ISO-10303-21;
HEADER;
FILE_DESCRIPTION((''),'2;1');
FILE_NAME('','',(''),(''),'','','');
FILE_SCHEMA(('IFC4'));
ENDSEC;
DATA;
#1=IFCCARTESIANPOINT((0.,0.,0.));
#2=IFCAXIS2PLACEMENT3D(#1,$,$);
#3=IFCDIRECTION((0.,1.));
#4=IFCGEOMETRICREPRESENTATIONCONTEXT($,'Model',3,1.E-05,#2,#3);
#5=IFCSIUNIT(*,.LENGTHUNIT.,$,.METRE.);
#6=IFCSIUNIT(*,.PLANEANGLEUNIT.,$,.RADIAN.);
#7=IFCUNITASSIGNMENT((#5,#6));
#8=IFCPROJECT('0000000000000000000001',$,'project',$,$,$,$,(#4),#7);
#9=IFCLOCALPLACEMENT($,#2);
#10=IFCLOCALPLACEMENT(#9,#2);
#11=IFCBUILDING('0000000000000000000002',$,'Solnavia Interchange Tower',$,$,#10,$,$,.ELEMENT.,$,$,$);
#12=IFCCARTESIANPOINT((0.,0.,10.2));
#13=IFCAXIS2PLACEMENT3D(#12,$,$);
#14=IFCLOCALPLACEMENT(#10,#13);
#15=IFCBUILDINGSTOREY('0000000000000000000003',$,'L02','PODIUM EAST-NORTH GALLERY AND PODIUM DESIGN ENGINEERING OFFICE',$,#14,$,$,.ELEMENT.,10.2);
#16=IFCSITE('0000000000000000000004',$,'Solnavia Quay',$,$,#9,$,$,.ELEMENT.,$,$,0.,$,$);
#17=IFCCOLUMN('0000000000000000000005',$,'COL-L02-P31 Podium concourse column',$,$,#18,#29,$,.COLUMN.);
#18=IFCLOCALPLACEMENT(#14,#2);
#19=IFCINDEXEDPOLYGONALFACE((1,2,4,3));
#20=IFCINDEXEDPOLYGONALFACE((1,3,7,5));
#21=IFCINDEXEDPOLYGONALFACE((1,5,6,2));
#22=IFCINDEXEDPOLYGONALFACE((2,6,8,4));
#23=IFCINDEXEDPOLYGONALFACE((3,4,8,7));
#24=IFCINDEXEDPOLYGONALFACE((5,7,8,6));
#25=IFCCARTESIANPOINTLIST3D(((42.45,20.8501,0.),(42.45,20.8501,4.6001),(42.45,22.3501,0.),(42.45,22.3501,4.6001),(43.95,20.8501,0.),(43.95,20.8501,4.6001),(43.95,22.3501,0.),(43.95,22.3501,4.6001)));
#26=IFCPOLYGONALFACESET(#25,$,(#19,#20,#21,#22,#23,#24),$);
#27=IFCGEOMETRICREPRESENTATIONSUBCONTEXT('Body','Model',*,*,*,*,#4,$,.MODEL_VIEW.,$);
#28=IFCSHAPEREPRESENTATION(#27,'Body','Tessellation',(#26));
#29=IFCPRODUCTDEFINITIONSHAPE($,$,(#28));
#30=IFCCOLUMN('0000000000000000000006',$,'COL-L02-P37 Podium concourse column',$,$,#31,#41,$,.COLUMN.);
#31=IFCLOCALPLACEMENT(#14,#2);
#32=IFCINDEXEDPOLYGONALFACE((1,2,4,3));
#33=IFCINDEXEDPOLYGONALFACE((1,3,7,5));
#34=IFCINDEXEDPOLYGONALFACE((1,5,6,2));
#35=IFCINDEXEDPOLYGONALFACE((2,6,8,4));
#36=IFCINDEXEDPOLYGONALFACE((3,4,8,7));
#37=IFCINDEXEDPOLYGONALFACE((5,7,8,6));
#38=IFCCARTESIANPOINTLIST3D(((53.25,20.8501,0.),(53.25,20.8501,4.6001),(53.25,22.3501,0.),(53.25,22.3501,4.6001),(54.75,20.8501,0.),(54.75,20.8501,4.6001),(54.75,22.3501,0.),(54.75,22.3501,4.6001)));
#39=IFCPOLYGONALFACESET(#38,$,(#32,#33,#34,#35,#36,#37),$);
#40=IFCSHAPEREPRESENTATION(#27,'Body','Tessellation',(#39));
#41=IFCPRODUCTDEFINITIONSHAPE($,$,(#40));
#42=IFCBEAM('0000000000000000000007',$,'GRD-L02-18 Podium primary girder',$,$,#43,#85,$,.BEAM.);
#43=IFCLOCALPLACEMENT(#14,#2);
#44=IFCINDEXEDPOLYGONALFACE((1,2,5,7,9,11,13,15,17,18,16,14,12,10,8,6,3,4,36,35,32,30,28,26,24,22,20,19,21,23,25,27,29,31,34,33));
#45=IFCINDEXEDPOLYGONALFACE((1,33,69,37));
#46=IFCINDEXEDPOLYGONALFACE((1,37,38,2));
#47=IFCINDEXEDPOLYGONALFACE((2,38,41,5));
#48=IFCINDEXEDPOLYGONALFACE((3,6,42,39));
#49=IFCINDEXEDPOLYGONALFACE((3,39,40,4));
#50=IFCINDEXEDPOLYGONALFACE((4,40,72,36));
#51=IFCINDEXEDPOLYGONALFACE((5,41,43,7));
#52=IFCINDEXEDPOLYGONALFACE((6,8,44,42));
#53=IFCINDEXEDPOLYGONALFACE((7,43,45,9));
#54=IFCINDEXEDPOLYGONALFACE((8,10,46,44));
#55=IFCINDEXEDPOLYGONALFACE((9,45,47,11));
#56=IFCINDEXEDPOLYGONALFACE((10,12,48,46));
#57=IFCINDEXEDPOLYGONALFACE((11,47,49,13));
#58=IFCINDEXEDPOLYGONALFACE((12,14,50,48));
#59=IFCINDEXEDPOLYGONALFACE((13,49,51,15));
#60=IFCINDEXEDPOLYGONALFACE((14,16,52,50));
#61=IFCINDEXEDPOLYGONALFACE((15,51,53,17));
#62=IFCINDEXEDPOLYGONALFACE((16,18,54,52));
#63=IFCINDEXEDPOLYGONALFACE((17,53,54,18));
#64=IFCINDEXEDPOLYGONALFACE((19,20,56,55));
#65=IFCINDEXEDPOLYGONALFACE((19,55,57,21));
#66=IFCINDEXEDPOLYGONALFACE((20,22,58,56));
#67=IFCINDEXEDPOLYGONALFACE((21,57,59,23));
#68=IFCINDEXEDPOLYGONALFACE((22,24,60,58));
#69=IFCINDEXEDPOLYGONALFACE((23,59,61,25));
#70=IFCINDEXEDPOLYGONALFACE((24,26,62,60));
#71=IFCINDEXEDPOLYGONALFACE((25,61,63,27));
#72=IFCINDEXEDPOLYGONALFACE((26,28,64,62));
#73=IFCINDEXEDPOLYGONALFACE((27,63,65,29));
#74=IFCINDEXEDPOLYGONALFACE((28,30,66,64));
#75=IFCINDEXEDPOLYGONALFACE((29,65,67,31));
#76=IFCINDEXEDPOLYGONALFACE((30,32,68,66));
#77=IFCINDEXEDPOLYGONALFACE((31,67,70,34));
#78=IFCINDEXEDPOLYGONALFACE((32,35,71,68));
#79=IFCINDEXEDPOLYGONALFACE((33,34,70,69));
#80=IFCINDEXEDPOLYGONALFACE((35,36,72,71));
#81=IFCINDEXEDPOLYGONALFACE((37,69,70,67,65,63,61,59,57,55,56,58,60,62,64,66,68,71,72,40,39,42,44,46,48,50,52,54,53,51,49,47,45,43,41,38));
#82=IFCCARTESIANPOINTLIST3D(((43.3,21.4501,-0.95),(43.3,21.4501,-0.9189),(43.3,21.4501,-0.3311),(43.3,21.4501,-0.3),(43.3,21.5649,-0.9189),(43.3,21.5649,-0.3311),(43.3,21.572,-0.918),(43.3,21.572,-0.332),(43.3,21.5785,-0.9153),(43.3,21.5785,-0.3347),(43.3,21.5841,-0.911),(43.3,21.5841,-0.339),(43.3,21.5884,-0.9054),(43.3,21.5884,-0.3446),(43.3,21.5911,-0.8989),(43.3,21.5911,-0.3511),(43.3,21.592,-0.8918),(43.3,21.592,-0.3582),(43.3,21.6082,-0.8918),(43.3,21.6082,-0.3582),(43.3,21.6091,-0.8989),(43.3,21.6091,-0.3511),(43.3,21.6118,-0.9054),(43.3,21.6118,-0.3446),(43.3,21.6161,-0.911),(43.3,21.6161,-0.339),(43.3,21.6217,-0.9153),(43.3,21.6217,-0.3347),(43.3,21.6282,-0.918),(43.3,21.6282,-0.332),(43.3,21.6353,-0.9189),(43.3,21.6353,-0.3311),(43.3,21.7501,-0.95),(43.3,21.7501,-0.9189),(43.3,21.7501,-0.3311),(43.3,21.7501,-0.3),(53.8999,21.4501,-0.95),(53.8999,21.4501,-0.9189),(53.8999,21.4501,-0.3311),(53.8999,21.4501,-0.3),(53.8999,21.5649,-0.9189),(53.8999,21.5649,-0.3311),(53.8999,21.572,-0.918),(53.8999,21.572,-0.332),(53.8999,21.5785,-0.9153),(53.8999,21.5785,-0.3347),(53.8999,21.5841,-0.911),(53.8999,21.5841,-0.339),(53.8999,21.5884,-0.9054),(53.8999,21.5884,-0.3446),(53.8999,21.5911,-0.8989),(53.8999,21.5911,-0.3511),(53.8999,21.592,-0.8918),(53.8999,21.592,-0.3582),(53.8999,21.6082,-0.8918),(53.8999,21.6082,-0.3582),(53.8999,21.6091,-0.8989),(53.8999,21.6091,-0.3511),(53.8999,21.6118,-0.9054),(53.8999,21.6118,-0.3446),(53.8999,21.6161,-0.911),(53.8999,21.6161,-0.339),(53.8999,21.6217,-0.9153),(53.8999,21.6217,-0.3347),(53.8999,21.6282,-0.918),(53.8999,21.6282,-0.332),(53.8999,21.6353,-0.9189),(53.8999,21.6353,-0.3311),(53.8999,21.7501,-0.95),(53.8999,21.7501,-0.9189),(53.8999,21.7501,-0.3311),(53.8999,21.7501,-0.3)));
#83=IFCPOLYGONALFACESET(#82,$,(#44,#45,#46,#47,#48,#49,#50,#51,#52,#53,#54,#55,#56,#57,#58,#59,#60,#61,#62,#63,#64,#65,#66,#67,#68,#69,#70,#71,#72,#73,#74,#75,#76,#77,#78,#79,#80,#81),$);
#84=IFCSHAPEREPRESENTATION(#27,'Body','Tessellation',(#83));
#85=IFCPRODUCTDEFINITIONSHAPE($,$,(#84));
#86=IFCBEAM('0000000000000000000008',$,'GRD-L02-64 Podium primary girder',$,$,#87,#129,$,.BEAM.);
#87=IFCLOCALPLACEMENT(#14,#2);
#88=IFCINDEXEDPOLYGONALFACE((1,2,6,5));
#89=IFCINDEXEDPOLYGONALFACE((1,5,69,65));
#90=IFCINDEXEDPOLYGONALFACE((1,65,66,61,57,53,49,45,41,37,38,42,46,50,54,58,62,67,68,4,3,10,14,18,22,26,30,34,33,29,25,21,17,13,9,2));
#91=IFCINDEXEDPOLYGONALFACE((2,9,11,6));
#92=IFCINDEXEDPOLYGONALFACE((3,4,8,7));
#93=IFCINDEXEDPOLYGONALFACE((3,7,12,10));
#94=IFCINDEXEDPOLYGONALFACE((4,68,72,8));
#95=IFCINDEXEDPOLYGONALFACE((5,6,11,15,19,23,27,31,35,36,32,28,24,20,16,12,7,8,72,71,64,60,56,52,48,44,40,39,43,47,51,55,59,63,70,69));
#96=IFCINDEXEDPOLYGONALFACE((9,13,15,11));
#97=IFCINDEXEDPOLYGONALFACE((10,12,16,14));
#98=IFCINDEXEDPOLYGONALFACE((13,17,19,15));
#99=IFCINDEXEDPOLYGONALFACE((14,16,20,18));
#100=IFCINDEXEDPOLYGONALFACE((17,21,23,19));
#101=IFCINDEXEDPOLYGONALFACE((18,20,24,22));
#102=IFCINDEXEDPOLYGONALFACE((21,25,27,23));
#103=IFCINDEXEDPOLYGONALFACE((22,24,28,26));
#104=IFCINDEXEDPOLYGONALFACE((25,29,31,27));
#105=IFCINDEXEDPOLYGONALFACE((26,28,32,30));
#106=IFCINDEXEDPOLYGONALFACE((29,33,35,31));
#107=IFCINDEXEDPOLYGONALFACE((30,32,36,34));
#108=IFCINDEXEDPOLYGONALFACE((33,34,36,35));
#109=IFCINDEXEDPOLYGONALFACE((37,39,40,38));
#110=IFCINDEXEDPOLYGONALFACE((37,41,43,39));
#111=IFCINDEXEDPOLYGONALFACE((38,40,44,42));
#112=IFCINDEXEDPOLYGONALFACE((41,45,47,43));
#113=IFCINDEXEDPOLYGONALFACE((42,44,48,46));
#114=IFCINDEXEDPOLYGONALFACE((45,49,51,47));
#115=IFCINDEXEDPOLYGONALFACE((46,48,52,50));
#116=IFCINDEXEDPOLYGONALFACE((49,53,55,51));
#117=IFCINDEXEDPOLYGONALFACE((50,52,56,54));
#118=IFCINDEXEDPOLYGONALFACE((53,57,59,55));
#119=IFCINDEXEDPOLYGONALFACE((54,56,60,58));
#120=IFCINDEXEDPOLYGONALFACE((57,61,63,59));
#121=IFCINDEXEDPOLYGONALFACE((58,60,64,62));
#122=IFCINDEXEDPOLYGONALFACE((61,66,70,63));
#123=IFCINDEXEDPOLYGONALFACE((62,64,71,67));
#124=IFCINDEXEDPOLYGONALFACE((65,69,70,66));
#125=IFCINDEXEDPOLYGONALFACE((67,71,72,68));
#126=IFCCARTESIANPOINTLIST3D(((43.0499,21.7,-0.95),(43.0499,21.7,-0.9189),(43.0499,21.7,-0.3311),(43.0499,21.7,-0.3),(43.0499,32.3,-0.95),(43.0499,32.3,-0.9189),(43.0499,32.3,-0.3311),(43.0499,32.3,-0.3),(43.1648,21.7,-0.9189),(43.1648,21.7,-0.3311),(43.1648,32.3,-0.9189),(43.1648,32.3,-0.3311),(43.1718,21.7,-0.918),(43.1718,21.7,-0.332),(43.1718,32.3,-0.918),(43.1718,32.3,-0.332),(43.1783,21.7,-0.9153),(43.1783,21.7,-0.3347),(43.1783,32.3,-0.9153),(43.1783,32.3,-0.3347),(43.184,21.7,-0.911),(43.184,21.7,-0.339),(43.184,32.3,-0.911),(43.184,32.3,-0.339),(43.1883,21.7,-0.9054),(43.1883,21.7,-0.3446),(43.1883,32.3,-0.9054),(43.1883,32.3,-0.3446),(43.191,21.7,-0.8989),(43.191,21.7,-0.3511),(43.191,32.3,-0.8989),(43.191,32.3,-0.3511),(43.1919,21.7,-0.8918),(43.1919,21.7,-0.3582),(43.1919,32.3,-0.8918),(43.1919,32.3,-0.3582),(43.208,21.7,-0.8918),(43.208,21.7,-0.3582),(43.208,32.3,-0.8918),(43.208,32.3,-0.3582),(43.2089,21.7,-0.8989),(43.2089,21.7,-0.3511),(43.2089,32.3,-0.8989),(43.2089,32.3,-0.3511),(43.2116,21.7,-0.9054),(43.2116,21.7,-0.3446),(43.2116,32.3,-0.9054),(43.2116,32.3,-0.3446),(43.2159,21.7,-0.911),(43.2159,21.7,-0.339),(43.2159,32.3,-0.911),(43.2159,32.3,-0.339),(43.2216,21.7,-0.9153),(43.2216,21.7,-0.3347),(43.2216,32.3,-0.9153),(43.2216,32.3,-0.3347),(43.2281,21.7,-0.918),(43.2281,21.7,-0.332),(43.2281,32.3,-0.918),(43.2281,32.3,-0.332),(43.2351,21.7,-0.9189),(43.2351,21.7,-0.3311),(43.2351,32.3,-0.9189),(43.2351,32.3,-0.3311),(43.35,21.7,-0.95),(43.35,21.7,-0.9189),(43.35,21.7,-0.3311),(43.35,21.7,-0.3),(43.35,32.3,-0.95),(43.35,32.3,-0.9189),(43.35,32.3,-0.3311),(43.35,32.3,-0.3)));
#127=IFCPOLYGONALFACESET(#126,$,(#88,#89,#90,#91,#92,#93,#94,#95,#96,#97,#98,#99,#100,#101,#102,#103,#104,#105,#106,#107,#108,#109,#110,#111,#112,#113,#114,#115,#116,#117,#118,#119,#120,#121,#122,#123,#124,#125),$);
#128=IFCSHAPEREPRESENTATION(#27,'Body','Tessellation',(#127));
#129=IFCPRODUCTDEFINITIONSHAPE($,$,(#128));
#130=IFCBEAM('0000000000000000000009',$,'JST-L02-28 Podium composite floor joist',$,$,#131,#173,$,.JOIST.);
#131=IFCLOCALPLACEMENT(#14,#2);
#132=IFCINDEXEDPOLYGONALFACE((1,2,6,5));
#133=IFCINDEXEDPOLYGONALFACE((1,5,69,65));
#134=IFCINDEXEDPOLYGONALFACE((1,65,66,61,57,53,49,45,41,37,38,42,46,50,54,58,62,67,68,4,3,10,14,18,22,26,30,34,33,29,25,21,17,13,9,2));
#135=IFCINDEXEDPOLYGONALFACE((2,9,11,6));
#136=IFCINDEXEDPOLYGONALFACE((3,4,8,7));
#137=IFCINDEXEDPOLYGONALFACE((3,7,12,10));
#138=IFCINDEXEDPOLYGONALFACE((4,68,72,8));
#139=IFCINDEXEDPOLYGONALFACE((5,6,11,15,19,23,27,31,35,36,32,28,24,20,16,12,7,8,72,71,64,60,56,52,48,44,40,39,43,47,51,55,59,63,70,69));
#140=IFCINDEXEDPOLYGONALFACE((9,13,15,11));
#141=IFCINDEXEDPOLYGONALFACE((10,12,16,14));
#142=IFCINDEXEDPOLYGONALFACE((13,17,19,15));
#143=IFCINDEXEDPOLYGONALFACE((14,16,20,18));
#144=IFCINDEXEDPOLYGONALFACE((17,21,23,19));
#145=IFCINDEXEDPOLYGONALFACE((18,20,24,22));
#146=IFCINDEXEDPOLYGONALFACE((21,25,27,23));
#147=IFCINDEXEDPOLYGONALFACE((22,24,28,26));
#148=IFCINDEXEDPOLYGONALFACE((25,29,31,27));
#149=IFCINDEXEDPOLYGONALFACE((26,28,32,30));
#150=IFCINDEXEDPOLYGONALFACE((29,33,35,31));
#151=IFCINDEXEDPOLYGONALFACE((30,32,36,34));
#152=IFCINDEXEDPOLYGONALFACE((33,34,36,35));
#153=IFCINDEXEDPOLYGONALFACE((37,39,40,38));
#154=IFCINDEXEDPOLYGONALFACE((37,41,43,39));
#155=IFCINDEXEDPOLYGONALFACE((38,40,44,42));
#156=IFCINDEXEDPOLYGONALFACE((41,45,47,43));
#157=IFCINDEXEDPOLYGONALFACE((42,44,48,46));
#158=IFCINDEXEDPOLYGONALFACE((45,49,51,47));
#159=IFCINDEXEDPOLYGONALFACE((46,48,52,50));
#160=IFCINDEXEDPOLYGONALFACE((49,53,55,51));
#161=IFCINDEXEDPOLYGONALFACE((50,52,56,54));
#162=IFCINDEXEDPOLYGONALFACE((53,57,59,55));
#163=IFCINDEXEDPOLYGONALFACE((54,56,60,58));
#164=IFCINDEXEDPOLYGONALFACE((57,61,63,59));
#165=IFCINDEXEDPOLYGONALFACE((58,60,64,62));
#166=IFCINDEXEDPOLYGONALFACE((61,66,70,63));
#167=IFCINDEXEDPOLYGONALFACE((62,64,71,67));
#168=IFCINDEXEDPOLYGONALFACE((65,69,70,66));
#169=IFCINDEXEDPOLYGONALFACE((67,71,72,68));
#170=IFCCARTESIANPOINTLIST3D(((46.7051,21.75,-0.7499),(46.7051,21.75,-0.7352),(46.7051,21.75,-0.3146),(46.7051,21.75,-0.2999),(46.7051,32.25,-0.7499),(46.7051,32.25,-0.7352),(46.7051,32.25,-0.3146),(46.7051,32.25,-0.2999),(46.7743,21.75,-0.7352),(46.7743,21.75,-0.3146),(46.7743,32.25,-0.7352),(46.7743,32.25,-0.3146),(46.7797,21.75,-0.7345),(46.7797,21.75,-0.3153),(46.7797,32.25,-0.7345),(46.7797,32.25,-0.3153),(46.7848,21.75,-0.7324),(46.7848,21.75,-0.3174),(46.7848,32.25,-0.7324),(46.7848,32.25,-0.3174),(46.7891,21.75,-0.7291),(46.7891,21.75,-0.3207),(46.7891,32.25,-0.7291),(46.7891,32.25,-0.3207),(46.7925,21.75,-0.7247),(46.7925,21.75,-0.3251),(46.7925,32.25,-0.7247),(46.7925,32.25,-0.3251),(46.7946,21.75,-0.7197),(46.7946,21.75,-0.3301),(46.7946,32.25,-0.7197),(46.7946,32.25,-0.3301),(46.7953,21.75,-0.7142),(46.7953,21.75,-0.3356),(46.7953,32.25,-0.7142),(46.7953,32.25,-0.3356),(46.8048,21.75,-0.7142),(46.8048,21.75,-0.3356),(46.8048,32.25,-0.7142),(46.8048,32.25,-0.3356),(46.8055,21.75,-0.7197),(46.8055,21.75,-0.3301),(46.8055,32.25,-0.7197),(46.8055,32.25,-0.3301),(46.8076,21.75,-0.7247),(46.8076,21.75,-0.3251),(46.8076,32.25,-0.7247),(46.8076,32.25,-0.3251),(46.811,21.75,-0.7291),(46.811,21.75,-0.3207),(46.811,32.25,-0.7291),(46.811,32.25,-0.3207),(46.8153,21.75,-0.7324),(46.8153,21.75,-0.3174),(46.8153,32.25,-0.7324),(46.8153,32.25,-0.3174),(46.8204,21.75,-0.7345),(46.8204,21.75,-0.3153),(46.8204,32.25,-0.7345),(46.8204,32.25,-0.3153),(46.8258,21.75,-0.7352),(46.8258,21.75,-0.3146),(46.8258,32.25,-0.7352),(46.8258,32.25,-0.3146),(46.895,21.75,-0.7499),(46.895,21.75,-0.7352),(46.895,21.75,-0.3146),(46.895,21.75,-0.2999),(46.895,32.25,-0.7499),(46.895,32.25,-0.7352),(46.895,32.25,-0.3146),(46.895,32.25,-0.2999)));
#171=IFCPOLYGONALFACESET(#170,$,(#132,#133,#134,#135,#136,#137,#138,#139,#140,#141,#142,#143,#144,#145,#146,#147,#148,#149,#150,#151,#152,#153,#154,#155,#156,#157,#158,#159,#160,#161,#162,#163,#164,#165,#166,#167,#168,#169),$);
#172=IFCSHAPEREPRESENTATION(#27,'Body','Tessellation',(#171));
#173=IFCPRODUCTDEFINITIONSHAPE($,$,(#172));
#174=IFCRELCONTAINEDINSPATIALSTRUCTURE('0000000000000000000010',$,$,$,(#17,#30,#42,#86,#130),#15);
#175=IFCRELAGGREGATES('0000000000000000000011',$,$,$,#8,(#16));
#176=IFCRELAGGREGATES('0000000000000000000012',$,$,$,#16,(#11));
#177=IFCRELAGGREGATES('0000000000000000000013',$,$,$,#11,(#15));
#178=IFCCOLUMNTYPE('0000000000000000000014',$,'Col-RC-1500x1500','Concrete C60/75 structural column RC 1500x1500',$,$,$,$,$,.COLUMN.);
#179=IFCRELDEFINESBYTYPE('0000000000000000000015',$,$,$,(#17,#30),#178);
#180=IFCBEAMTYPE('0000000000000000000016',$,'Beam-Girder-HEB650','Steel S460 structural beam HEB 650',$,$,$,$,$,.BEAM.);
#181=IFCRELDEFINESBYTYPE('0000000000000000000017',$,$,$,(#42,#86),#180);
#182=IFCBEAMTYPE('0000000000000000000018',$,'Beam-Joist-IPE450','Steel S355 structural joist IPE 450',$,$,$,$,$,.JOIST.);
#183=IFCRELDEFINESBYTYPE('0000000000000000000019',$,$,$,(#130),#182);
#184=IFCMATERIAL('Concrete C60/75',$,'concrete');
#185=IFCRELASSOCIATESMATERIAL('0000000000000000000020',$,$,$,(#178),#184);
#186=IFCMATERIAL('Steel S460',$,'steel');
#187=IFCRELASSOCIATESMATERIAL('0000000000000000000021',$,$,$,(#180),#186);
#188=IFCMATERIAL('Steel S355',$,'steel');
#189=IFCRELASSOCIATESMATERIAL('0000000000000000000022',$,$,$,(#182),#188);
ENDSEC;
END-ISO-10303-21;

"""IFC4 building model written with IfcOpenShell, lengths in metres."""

from ifc_helpers import new_model, si_unit, direction, frame, origin, origin_2d, place, context, subcontext, project, spatial, rectangle, i_section, extrude, material, material_profile, profile_set, type_object, element, save


model = new_model("IFC4")

# Units and contexts
model_context = context("Model", 3, precision=1e-05, world=origin(), true_north=direction((0.0, 1.0)))
body_context = subcontext(model_context, "Body", "Model", "MODEL_VIEW")
ifc_project = project(units=[si_unit("LENGTHUNIT", "METRE"), si_unit("PLANEANGLEUNIT", "RADIAN")], contexts=[model_context])

# Site, building, storey
site_placement = place(None, origin())
site = spatial("IfcSite", under=ifc_project, at=site_placement, Name="Solnavia Quay", CompositionType="ELEMENT", RefElevation=0.0)
building_placement = place(site_placement, origin())
building = spatial("IfcBuilding", under=site, at=building_placement, Name="Solnavia Interchange Tower", CompositionType="ELEMENT")
storey_placement = place(building_placement, frame((0.0, 0.0, 10.2)))
storey = spatial("IfcBuildingStorey", under=building, at=storey_placement, Name="L02", Description="PODIUM EAST-NORTH GALLERY AND PODIUM DESIGN ENGINEERING OFFICE", CompositionType="ELEMENT", Elevation=10.2)

# Columns
ifc_material_1 = material(Name="Concrete C60/75", Category="concrete")
ifc_material_profile_1 = material_profile(ifc_material_1, rectangle(XDim=1.5, YDim=1.5, at=origin_2d()), Name="RC 1500x1500")
ifc_profile_set_1 = profile_set([ifc_material_profile_1], Name="Concrete C60/75")
column_type = type_object("IfcColumnType", Name="Col-RC-1500x1500", Description="Concrete C60/75 structural column RC 1500x1500", PredefinedType="COLUMN", material=ifc_profile_set_1)
for number, where, z_axis, x_axis, name in (
    (1, (43.2, 21.6001, 0.0), (0.0, 0.0, 1.0), (1.0, 0.0, 0.0), "COL-L02-P31 Podium concourse column"),
    (2, (54.0, 21.6001, 0.0), (0.0, 0.0, 1.0), (1.0, 0.0, 0.0), "COL-L02-P37 Podium concourse column"),
):
    element("IfcColumn", number, at=place(storey_placement, frame(where, z_axis=z_axis, x_axis=x_axis)), inside=storey, type_object=column_type, Name=name, PredefinedType="COLUMN", context=body_context, shape_type="SweptSolid", body=[
        extrude(rectangle(XDim=1.5, YDim=1.5, at=origin_2d()), origin(), (0.0, 0.0, 1.0), 4.6001),
    ])

# Beams
ifc_material_2 = material(Name="Steel S460", Category="steel")
ifc_material_profile_2 = material_profile(ifc_material_2, i_section(OverallWidth=0.3, OverallDepth=0.6499, WebThickness=0.0161, FlangeThickness=0.031, FilletRadius=0.0271, at=origin_2d()), Name="HEB 650")
ifc_profile_set_2 = profile_set([ifc_material_profile_2], Name="Steel S460")
beam_type_1 = type_object("IfcBeamType", Name="Beam-Girder-HEB650", Description="Steel S460 structural beam HEB 650", PredefinedType="BEAM", material=ifc_profile_set_2)
beam_1_placement = place(storey_placement, frame((43.3, 21.6001, -0.625), z_axis=(1.0, 0.0, 0.0), x_axis=(0.0, 1.0, 0.0)))
element("IfcBeam", 3, at=beam_1_placement, inside=storey, type_object=beam_type_1, Name="GRD-L02-18 Podium primary girder", PredefinedType="BEAM", context=body_context, shape_type="SweptSolid", body=[
    extrude(i_section(OverallWidth=0.3, OverallDepth=0.6499, WebThickness=0.0161, FlangeThickness=0.031, FilletRadius=0.0271, at=origin_2d()), origin(), (0.0, 0.0, 1.0), 10.5999),
])
beam_2_placement = place(storey_placement, frame((43.2, 21.7, -0.625), z_axis=(0.0, 1.0, 0.0), x_axis=(-1.0, 0.0, 0.0)))
element("IfcBeam", 4, at=beam_2_placement, inside=storey, type_object=beam_type_1, Name="GRD-L02-64 Podium primary girder", PredefinedType="BEAM", context=body_context, shape_type="SweptSolid", body=[
    extrude(i_section(OverallWidth=0.3, OverallDepth=0.6499, WebThickness=0.0161, FlangeThickness=0.031, FilletRadius=0.0271, at=origin_2d()), origin(), (0.0, 0.0, 1.0), 10.6001),
])
ifc_material_3 = material(Name="Steel S355", Category="steel")
ifc_material_profile_3 = material_profile(ifc_material_3, i_section(OverallWidth=0.1899, OverallDepth=0.45, WebThickness=0.0095, FlangeThickness=0.0146, FilletRadius=0.021, at=origin_2d()), Name="IPE 450")
ifc_profile_set_3 = profile_set([ifc_material_profile_3], Name="Steel S355")
beam_type_2 = type_object("IfcBeamType", Name="Beam-Joist-IPE450", Description="Steel S355 structural joist IPE 450", PredefinedType="JOIST", material=ifc_profile_set_3)
for number, where, z_axis, x_axis, name in (
    (5, (46.8, 21.75, -0.5249), (0.0, 1.0, 0.0), (-1.0, 0.0, 0.0), "JST-L02-28 Podium composite floor joist"),
):
    element("IfcBeam", number, at=place(storey_placement, frame(where, z_axis=z_axis, x_axis=x_axis)), inside=storey, type_object=beam_type_2, Name=name, PredefinedType="JOIST", context=body_context, shape_type="SweptSolid", body=[
        extrude(i_section(OverallWidth=0.1899, OverallDepth=0.45, WebThickness=0.0095, FlangeThickness=0.0146, FilletRadius=0.021, at=origin_2d()), origin(), (0.0, 0.0, 1.0), 10.5),
    ])

save(model, "model.ifc")
